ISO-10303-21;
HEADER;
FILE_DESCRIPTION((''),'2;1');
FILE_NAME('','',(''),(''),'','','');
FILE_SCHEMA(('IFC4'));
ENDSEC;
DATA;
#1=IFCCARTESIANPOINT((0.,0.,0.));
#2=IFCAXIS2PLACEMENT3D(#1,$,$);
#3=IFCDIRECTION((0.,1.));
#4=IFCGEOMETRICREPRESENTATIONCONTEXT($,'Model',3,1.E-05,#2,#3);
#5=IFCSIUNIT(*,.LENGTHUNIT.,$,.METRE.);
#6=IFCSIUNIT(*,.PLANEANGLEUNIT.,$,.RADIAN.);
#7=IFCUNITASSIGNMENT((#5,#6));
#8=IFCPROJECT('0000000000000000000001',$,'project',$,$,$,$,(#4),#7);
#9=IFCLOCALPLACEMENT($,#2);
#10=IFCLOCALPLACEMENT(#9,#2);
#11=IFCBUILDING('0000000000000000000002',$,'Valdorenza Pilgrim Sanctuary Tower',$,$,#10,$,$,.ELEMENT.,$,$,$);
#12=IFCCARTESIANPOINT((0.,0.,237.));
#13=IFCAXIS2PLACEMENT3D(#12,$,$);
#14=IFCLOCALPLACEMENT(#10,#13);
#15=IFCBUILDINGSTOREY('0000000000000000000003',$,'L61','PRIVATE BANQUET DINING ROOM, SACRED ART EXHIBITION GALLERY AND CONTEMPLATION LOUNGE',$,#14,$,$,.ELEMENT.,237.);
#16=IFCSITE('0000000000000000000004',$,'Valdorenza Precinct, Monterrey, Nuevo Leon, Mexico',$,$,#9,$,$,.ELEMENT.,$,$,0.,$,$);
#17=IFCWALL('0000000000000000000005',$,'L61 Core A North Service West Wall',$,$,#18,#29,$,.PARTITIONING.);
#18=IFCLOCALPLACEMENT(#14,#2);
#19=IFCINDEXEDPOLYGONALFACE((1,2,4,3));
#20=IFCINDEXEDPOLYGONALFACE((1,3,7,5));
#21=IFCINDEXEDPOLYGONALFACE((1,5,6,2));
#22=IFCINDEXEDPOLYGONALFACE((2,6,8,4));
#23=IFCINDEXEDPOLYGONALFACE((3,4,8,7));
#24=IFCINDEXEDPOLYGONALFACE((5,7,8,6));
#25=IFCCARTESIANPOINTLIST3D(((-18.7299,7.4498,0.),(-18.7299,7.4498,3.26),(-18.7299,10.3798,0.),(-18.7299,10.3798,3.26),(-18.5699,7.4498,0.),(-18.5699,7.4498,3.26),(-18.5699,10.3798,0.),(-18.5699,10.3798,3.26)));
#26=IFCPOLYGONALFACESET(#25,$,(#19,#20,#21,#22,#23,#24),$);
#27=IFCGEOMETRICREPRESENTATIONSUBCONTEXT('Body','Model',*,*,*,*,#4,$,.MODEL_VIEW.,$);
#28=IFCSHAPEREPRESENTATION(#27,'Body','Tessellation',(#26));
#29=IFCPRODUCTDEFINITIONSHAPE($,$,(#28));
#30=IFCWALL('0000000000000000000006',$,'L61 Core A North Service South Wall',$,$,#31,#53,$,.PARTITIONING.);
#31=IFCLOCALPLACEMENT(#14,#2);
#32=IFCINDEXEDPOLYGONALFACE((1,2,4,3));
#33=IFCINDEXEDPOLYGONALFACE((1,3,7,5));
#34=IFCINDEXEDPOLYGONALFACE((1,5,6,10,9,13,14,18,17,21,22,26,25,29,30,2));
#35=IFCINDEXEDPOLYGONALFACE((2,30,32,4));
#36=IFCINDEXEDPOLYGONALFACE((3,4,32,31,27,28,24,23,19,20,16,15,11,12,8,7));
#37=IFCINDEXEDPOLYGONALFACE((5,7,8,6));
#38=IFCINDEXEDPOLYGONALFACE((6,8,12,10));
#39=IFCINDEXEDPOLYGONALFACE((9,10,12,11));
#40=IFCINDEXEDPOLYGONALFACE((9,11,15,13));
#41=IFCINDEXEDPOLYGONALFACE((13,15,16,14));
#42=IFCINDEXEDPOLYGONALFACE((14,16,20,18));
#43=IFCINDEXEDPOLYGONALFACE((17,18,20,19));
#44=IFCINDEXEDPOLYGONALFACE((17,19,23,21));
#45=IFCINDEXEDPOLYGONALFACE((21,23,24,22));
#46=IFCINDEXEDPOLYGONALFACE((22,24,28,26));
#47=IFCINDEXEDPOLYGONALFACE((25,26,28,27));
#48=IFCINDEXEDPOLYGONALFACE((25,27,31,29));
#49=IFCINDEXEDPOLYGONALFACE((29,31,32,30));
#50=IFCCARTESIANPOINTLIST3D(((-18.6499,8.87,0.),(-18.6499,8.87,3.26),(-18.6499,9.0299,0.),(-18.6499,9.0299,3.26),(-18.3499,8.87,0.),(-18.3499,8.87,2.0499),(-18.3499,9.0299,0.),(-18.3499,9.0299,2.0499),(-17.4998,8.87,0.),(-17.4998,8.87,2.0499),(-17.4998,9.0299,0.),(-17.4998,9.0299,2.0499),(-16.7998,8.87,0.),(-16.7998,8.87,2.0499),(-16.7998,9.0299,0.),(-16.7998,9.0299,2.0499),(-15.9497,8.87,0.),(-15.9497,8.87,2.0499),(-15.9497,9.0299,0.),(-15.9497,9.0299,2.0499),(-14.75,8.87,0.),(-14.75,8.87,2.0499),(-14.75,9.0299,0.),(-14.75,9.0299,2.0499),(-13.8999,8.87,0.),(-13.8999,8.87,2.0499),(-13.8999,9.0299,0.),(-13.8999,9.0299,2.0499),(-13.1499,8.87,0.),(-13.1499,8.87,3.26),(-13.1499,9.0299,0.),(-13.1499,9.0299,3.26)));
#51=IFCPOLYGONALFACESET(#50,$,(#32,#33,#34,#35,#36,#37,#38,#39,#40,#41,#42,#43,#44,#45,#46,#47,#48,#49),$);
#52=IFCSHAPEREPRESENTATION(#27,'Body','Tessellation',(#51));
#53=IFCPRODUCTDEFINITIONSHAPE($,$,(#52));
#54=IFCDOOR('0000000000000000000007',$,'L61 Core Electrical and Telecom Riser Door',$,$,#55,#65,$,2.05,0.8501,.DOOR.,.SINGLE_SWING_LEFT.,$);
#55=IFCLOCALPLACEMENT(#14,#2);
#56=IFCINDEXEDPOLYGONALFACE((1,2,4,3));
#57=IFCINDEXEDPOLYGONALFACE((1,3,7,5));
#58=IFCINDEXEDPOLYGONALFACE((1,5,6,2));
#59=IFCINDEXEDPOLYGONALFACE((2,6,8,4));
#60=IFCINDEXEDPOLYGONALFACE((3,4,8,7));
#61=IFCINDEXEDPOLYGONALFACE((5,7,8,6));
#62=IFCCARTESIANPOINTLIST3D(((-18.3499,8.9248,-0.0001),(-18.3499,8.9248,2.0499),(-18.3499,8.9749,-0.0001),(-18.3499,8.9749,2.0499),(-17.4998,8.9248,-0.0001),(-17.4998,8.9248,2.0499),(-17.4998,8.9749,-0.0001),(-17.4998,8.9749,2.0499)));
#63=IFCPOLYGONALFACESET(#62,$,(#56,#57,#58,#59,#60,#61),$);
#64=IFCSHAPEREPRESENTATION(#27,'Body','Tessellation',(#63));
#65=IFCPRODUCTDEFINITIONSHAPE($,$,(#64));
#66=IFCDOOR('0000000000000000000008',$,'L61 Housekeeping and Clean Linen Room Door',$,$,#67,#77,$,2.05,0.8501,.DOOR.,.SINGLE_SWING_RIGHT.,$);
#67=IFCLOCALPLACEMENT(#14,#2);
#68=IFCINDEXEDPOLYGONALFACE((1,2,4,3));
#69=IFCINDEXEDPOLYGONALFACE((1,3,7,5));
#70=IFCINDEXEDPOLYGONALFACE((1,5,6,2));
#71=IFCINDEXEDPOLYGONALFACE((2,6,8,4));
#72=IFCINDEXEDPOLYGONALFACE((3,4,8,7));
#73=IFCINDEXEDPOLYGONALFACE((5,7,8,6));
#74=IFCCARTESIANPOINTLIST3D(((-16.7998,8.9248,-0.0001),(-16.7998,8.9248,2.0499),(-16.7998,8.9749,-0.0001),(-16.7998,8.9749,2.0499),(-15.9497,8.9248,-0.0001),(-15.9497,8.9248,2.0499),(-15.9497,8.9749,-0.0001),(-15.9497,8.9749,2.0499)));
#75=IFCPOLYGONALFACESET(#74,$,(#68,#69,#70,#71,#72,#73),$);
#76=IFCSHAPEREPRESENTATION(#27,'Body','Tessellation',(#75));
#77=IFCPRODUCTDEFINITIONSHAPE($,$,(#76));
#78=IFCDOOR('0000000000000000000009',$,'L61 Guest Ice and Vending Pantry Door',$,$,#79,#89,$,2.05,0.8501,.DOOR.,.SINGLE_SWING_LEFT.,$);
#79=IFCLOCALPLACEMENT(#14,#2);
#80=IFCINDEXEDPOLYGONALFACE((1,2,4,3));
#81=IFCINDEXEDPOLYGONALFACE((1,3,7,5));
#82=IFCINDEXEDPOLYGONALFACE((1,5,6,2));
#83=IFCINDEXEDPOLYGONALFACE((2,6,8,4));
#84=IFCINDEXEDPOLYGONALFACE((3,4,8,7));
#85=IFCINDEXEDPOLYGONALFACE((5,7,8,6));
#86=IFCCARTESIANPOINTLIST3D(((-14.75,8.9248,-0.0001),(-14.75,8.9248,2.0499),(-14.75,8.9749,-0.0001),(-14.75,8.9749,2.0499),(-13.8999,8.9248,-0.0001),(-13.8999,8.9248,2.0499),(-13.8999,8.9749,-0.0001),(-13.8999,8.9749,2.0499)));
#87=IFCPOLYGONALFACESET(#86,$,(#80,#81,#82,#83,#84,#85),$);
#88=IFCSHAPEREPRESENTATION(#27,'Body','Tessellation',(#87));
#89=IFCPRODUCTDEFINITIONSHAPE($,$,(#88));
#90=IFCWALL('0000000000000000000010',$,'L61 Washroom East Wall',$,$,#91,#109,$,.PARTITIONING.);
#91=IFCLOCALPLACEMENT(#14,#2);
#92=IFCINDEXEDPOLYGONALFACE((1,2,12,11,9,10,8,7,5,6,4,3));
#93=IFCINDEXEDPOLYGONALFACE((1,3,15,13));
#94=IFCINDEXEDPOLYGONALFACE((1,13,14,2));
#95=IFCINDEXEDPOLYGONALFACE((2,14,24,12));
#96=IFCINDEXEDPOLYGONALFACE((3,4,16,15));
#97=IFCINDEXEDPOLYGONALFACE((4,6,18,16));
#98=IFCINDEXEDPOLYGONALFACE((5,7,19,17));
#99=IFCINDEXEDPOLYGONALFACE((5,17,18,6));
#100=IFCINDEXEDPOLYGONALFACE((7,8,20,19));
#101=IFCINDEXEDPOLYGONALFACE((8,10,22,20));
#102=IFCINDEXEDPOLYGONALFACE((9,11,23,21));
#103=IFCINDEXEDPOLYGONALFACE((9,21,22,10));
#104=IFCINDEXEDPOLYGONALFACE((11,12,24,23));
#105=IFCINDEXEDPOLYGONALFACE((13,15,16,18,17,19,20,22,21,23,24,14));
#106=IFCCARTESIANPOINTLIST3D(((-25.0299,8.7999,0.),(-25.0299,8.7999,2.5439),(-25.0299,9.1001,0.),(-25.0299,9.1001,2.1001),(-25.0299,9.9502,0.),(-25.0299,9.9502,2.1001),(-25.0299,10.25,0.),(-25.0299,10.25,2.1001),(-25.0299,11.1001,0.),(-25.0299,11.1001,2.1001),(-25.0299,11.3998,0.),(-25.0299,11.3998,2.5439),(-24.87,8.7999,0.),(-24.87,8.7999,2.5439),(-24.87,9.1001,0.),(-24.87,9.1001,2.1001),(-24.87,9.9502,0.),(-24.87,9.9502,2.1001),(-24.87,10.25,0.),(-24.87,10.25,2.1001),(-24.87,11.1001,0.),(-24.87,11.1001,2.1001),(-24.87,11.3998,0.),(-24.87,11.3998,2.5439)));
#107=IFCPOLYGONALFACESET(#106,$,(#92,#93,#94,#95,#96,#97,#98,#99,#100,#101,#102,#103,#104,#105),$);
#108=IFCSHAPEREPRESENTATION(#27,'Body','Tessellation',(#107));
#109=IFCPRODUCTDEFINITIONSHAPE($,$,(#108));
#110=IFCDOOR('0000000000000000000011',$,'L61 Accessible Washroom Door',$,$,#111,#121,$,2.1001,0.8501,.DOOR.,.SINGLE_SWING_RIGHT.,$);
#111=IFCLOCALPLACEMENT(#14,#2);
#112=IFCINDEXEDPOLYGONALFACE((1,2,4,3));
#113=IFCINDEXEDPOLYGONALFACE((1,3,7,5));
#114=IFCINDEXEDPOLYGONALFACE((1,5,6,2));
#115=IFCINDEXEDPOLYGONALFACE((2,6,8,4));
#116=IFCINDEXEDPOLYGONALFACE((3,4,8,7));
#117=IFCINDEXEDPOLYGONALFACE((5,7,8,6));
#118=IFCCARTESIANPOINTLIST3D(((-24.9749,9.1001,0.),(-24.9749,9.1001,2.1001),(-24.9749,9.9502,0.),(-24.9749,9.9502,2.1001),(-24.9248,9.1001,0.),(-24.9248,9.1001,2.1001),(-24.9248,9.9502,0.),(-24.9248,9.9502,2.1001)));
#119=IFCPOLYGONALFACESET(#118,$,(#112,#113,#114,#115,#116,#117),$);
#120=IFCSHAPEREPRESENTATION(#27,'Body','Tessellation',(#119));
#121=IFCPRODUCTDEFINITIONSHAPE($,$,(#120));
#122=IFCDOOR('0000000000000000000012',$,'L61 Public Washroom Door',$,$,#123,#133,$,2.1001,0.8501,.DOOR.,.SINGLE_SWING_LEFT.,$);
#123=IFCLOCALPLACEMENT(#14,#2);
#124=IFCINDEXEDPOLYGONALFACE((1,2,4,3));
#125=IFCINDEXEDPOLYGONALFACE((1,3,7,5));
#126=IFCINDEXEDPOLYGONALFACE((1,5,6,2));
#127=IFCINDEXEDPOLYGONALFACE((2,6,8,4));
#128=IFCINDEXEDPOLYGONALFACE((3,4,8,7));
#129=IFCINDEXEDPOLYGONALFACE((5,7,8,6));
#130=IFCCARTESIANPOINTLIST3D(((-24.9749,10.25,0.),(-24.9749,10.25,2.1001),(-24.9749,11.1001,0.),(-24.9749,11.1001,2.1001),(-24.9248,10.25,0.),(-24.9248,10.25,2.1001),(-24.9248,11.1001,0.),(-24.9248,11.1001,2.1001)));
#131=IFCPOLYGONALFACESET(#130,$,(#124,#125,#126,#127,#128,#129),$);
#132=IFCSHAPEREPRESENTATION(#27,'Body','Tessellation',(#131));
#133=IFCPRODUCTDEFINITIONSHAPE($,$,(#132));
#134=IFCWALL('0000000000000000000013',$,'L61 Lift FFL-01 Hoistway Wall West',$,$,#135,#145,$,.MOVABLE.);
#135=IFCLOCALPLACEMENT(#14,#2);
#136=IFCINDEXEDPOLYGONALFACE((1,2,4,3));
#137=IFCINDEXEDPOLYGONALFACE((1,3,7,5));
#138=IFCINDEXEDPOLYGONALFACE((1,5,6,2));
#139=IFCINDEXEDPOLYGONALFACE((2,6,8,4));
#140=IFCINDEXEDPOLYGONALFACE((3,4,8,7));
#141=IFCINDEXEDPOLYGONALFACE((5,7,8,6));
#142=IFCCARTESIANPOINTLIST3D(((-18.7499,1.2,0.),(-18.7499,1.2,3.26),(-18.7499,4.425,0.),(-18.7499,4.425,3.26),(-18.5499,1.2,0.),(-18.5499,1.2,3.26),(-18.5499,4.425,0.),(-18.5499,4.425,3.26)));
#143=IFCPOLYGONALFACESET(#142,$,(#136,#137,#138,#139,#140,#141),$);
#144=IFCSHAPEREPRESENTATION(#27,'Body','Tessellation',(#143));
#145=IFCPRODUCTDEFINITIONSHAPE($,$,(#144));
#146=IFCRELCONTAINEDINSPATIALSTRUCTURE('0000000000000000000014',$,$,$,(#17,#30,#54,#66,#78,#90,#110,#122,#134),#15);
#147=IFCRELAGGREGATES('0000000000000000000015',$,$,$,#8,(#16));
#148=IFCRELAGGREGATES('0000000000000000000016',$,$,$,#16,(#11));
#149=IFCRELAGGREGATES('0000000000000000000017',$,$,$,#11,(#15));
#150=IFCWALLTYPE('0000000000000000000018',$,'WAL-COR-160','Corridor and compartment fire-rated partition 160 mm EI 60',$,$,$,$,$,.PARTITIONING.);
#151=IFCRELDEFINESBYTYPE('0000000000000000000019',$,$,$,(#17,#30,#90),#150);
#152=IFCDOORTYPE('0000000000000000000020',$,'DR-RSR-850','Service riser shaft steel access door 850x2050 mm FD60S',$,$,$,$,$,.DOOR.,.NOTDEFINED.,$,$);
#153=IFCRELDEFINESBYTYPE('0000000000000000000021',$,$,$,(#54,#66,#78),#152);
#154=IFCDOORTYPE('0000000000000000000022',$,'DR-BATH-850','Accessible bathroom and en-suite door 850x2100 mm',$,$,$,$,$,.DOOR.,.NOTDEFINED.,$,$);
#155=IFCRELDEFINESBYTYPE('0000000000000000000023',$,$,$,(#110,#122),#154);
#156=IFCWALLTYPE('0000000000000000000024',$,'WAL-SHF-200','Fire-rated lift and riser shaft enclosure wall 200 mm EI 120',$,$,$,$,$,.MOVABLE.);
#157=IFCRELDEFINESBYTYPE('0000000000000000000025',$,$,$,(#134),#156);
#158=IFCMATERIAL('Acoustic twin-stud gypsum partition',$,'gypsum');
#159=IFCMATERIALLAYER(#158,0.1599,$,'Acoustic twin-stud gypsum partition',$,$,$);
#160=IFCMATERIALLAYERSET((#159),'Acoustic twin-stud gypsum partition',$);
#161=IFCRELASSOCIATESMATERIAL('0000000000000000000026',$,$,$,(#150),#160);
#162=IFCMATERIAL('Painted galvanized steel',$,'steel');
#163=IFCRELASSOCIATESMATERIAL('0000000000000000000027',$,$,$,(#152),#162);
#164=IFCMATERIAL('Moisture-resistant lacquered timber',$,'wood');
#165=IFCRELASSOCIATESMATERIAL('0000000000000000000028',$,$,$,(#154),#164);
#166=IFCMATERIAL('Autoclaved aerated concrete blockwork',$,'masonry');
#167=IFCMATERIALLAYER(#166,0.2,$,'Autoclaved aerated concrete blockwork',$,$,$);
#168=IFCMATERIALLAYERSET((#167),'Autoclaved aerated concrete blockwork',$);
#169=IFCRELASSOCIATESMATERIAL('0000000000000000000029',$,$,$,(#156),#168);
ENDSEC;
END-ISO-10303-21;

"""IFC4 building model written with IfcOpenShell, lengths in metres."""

from ifc_helpers import new_model, si_unit, direction, frame, frame_2d, origin, place, context, subcontext, project, spatial, rectangle, extrude, material, layer, layer_set, type_object, element, fill, save


model = new_model("IFC4")

# Units and contexts
model_context = context("Model", 3, precision=1e-05, world=origin(), true_north=direction((0.0, 1.0)))
body_context = subcontext(model_context, "Body", "Model", "MODEL_VIEW")
ifc_project = project(units=[si_unit("LENGTHUNIT", "METRE"), si_unit("PLANEANGLEUNIT", "RADIAN")], contexts=[model_context])

# Site, building, storey
site_placement = place(None, origin())
site = spatial("IfcSite", under=ifc_project, at=site_placement, Name="Valdorenza Precinct, Monterrey, Nuevo Leon, Mexico", CompositionType="ELEMENT", RefElevation=0.0)
building_placement = place(site_placement, origin())
building = spatial("IfcBuilding", under=site, at=building_placement, Name="Valdorenza Pilgrim Sanctuary Tower", CompositionType="ELEMENT")
storey_placement = place(building_placement, frame((0.0, 0.0, 237.0)))
storey = spatial("IfcBuildingStorey", under=building, at=storey_placement, Name="L61", Description="PRIVATE BANQUET DINING ROOM, SACRED ART EXHIBITION GALLERY AND CONTEMPLATION LOUNGE", CompositionType="ELEMENT", Elevation=237.0)

# Wall
ifc_material_1 = material(Name="Acoustic twin-stud gypsum partition", Category="gypsum")
ifc_layer_1 = layer(ifc_material_1, 0.1599, Name="Acoustic twin-stud gypsum partition")
ifc_layer_set_1 = layer_set([ifc_layer_1], Name="Acoustic twin-stud gypsum partition")
wall_type_1 = type_object("IfcWallType", Name="WAL-COR-160", Description="Corridor and compartment fire-rated partition 160 mm EI 60", PredefinedType="PARTITIONING", material=ifc_layer_set_1)
wall_1_placement = place(storey_placement, frame((-18.6499, 7.45, 0.0), z_axis=(0.0, 0.0, 1.0), x_axis=(0.0, 1.0, 0.0)))
element("IfcWall", 1, at=wall_1_placement, inside=storey, type_object=wall_type_1, Name="L61 Core A North Service West Wall", PredefinedType="PARTITIONING", context=body_context, shape_type="SweptSolid", body=[
    extrude(rectangle(XDim=2.9299, YDim=0.1599, at=frame_2d((1.4648, 0.0))), origin(), (0.0, 0.0, 1.0), 3.26),
])

# Walls, openings, doors
wall_2_placement = place(storey_placement, frame((-18.6499, 8.95, 0.0), z_axis=(0.0, 0.0, 1.0), x_axis=(1.0, 0.0, 0.0)))
wall_2 = element("IfcWall", 2, at=wall_2_placement, inside=storey, type_object=wall_type_1, Name="L61 Core A North Service South Wall", PredefinedType="PARTITIONING", context=body_context, shape_type="SweptSolid", body=[
    extrude(rectangle(XDim=5.5, YDim=0.1599, at=frame_2d((2.75, 0.0))), origin(), (0.0, 0.0, 1.0), 3.26),
])
opening_1_placement = place(wall_2_placement, frame((0.3, 0.0, 0.0)))
opening_1 = element("IfcOpeningElement", 3, at=opening_1_placement, cuts=wall_2, PredefinedType="OPENING", context=body_context, shape_type="SweptSolid", body=[
    extrude(rectangle(XDim=0.8501, YDim=2.05, at=frame_2d((0.425, 1.0249))), frame((0.0, 0.0947, 0.0), z_axis=(0.0, -1.0, 0.0), x_axis=(1.0, 0.0, 0.0)), (0.0, 0.0, 1.0), 0.1897),
])
opening_2_placement = place(wall_2_placement, frame((1.8501, 0.0, 0.0)))
opening_2 = element("IfcOpeningElement", 4, at=opening_2_placement, cuts=wall_2, PredefinedType="OPENING", context=body_context, shape_type="SweptSolid", body=[
    extrude(rectangle(XDim=0.8501, YDim=2.05, at=frame_2d((0.425, 1.0249))), frame((0.0, 0.0947, 0.0), z_axis=(0.0, -1.0, 0.0), x_axis=(1.0, 0.0, 0.0)), (0.0, 0.0, 1.0), 0.1897),
])
opening_3_placement = place(wall_2_placement, frame((3.8999, 0.0, 0.0)))
opening_3 = element("IfcOpeningElement", 5, at=opening_3_placement, cuts=wall_2, PredefinedType="OPENING", context=body_context, shape_type="SweptSolid", body=[
    extrude(rectangle(XDim=0.8501, YDim=2.05, at=frame_2d((0.425, 1.0249))), frame((0.0, 0.0947, 0.0), z_axis=(0.0, -1.0, 0.0), x_axis=(1.0, 0.0, 0.0)), (0.0, 0.0, 1.0), 0.1897),
])
ifc_material_2 = material(Name="Painted galvanized steel", Category="steel")
door_type_1 = type_object("IfcDoorType", Name="DR-RSR-850", Description="Service riser shaft steel access door 850x2050 mm FD60S", OperationType="NOTDEFINED", PredefinedType="DOOR", material=ifc_material_2)
door_1_placement = place(opening_1_placement, origin())
door_1 = element("IfcDoor", 6, at=door_1_placement, inside=storey, type_object=door_type_1, Name="L61 Core Electrical and Telecom Riser Door", OperationType="SINGLE_SWING_LEFT", OverallHeight=2.05, OverallWidth=0.8501, PredefinedType="DOOR", context=body_context, shape_type="SweptSolid", body=[
    extrude(rectangle(XDim=0.8501, YDim=2.05, at=frame_2d((0.425, 1.0249))), frame((0.0, 0.0249, 0.0), z_axis=(0.0, -1.0, 0.0), x_axis=(1.0, 0.0, 0.0)), (0.0, 0.0, 1.0), 0.05),
])
fill(opening_1, door_1)
door_2_placement = place(opening_2_placement, origin())
door_2 = element("IfcDoor", 7, at=door_2_placement, inside=storey, type_object=door_type_1, Name="L61 Housekeeping and Clean Linen Room Door", OperationType="SINGLE_SWING_RIGHT", OverallHeight=2.05, OverallWidth=0.8501, PredefinedType="DOOR", context=body_context, shape_type="SweptSolid", body=[
    extrude(rectangle(XDim=0.8501, YDim=2.05, at=frame_2d((0.425, 1.0249))), frame((0.0, 0.0249, 0.0), z_axis=(0.0, -1.0, 0.0), x_axis=(1.0, 0.0, 0.0)), (0.0, 0.0, 1.0), 0.05),
])
fill(opening_2, door_2)
door_3_placement = place(opening_3_placement, origin())
door_3 = element("IfcDoor", 8, at=door_3_placement, inside=storey, type_object=door_type_1, Name="L61 Guest Ice and Vending Pantry Door", OperationType="SINGLE_SWING_LEFT", OverallHeight=2.05, OverallWidth=0.8501, PredefinedType="DOOR", context=body_context, shape_type="SweptSolid", body=[
    extrude(rectangle(XDim=0.8501, YDim=2.05, at=frame_2d((0.425, 1.0249))), frame((0.0, 0.0249, 0.0), z_axis=(0.0, -1.0, 0.0), x_axis=(1.0, 0.0, 0.0)), (0.0, 0.0, 1.0), 0.05),
])
fill(opening_3, door_3)
wall_3_placement = place(storey_placement, frame((-24.95, 8.8, 0.0), z_axis=(0.0, 0.0, 1.0), x_axis=(0.0, 1.0, 0.0)))
wall_3 = element("IfcWall", 9, at=wall_3_placement, inside=storey, type_object=wall_type_1, Name="L61 Washroom East Wall", PredefinedType="PARTITIONING", context=body_context, shape_type="SweptSolid", body=[
    extrude(rectangle(XDim=2.5999, YDim=0.1599, at=frame_2d((1.2998, 0.0))), origin(), (0.0, 0.0, 1.0), 2.5439),
])
opening_4_placement = place(wall_3_placement, frame((0.3, 0.0, 0.0)))
opening_4 = element("IfcOpeningElement", 10, at=opening_4_placement, cuts=wall_3, PredefinedType="OPENING", context=body_context, shape_type="SweptSolid", body=[
    extrude(rectangle(XDim=0.8501, YDim=2.1001, at=frame_2d((0.425, 1.05))), frame((0.0, 0.0947, 0.0), z_axis=(0.0, -1.0, 0.0), x_axis=(1.0, 0.0, 0.0)), (0.0, 0.0, 1.0), 0.1897),
])
opening_5_placement = place(wall_3_placement, frame((1.45, 0.0, 0.0)))
opening_5 = element("IfcOpeningElement", 11, at=opening_5_placement, cuts=wall_3, PredefinedType="OPENING", context=body_context, shape_type="SweptSolid", body=[
    extrude(rectangle(XDim=0.8501, YDim=2.1001, at=frame_2d((0.425, 1.05))), frame((0.0, 0.0947, 0.0), z_axis=(0.0, -1.0, 0.0), x_axis=(1.0, 0.0, 0.0)), (0.0, 0.0, 1.0), 0.1897),
])
ifc_material_3 = material(Name="Moisture-resistant lacquered timber", Category="wood")
door_type_2 = type_object("IfcDoorType", Name="DR-BATH-850", Description="Accessible bathroom and en-suite door 850x2100 mm", OperationType="NOTDEFINED", PredefinedType="DOOR", material=ifc_material_3)
door_4_placement = place(opening_4_placement, origin())
door_4 = element("IfcDoor", 12, at=door_4_placement, inside=storey, type_object=door_type_2, Name="L61 Accessible Washroom Door", OperationType="SINGLE_SWING_RIGHT", OverallHeight=2.1001, OverallWidth=0.8501, PredefinedType="DOOR", context=body_context, shape_type="SweptSolid", body=[
    extrude(rectangle(XDim=0.8501, YDim=2.1001, at=frame_2d((0.425, 1.05))), frame((0.0, 0.0249, 0.0), z_axis=(0.0, -1.0, 0.0), x_axis=(1.0, 0.0, 0.0)), (0.0, 0.0, 1.0), 0.05),
])
fill(opening_4, door_4)
door_5_placement = place(opening_5_placement, origin())
door_5 = element("IfcDoor", 13, at=door_5_placement, inside=storey, type_object=door_type_2, Name="L61 Public Washroom Door", OperationType="SINGLE_SWING_LEFT", OverallHeight=2.1001, OverallWidth=0.8501, PredefinedType="DOOR", context=body_context, shape_type="SweptSolid", body=[
    extrude(rectangle(XDim=0.8501, YDim=2.1001, at=frame_2d((0.425, 1.05))), frame((0.0, 0.0249, 0.0), z_axis=(0.0, -1.0, 0.0), x_axis=(1.0, 0.0, 0.0)), (0.0, 0.0, 1.0), 0.05),
])
fill(opening_5, door_5)

# Wall
ifc_material_4 = material(Name="Autoclaved aerated concrete blockwork", Category="masonry")
ifc_layer_2 = layer(ifc_material_4, 0.2, Name="Autoclaved aerated concrete blockwork")
ifc_layer_set_2 = layer_set([ifc_layer_2], Name="Autoclaved aerated concrete blockwork")
wall_type_2 = type_object("IfcWallType", Name="WAL-SHF-200", Description="Fire-rated lift and riser shaft enclosure wall 200 mm EI 120", PredefinedType="MOVABLE", material=ifc_layer_set_2)
wall_4_placement = place(storey_placement, frame((-18.6499, 1.2, 0.0), z_axis=(0.0, 0.0, 1.0), x_axis=(0.0, 1.0, 0.0)))
element("IfcWall", 14, at=wall_4_placement, inside=storey, type_object=wall_type_2, Name="L61 Lift FFL-01 Hoistway Wall West", PredefinedType="MOVABLE", context=body_context, shape_type="SweptSolid", body=[
    extrude(rectangle(XDim=3.2251, YDim=0.2, at=frame_2d((1.6125, 0.0))), origin(), (0.0, 0.0, 1.0), 3.26),
])

save(model, "model.ifc")
